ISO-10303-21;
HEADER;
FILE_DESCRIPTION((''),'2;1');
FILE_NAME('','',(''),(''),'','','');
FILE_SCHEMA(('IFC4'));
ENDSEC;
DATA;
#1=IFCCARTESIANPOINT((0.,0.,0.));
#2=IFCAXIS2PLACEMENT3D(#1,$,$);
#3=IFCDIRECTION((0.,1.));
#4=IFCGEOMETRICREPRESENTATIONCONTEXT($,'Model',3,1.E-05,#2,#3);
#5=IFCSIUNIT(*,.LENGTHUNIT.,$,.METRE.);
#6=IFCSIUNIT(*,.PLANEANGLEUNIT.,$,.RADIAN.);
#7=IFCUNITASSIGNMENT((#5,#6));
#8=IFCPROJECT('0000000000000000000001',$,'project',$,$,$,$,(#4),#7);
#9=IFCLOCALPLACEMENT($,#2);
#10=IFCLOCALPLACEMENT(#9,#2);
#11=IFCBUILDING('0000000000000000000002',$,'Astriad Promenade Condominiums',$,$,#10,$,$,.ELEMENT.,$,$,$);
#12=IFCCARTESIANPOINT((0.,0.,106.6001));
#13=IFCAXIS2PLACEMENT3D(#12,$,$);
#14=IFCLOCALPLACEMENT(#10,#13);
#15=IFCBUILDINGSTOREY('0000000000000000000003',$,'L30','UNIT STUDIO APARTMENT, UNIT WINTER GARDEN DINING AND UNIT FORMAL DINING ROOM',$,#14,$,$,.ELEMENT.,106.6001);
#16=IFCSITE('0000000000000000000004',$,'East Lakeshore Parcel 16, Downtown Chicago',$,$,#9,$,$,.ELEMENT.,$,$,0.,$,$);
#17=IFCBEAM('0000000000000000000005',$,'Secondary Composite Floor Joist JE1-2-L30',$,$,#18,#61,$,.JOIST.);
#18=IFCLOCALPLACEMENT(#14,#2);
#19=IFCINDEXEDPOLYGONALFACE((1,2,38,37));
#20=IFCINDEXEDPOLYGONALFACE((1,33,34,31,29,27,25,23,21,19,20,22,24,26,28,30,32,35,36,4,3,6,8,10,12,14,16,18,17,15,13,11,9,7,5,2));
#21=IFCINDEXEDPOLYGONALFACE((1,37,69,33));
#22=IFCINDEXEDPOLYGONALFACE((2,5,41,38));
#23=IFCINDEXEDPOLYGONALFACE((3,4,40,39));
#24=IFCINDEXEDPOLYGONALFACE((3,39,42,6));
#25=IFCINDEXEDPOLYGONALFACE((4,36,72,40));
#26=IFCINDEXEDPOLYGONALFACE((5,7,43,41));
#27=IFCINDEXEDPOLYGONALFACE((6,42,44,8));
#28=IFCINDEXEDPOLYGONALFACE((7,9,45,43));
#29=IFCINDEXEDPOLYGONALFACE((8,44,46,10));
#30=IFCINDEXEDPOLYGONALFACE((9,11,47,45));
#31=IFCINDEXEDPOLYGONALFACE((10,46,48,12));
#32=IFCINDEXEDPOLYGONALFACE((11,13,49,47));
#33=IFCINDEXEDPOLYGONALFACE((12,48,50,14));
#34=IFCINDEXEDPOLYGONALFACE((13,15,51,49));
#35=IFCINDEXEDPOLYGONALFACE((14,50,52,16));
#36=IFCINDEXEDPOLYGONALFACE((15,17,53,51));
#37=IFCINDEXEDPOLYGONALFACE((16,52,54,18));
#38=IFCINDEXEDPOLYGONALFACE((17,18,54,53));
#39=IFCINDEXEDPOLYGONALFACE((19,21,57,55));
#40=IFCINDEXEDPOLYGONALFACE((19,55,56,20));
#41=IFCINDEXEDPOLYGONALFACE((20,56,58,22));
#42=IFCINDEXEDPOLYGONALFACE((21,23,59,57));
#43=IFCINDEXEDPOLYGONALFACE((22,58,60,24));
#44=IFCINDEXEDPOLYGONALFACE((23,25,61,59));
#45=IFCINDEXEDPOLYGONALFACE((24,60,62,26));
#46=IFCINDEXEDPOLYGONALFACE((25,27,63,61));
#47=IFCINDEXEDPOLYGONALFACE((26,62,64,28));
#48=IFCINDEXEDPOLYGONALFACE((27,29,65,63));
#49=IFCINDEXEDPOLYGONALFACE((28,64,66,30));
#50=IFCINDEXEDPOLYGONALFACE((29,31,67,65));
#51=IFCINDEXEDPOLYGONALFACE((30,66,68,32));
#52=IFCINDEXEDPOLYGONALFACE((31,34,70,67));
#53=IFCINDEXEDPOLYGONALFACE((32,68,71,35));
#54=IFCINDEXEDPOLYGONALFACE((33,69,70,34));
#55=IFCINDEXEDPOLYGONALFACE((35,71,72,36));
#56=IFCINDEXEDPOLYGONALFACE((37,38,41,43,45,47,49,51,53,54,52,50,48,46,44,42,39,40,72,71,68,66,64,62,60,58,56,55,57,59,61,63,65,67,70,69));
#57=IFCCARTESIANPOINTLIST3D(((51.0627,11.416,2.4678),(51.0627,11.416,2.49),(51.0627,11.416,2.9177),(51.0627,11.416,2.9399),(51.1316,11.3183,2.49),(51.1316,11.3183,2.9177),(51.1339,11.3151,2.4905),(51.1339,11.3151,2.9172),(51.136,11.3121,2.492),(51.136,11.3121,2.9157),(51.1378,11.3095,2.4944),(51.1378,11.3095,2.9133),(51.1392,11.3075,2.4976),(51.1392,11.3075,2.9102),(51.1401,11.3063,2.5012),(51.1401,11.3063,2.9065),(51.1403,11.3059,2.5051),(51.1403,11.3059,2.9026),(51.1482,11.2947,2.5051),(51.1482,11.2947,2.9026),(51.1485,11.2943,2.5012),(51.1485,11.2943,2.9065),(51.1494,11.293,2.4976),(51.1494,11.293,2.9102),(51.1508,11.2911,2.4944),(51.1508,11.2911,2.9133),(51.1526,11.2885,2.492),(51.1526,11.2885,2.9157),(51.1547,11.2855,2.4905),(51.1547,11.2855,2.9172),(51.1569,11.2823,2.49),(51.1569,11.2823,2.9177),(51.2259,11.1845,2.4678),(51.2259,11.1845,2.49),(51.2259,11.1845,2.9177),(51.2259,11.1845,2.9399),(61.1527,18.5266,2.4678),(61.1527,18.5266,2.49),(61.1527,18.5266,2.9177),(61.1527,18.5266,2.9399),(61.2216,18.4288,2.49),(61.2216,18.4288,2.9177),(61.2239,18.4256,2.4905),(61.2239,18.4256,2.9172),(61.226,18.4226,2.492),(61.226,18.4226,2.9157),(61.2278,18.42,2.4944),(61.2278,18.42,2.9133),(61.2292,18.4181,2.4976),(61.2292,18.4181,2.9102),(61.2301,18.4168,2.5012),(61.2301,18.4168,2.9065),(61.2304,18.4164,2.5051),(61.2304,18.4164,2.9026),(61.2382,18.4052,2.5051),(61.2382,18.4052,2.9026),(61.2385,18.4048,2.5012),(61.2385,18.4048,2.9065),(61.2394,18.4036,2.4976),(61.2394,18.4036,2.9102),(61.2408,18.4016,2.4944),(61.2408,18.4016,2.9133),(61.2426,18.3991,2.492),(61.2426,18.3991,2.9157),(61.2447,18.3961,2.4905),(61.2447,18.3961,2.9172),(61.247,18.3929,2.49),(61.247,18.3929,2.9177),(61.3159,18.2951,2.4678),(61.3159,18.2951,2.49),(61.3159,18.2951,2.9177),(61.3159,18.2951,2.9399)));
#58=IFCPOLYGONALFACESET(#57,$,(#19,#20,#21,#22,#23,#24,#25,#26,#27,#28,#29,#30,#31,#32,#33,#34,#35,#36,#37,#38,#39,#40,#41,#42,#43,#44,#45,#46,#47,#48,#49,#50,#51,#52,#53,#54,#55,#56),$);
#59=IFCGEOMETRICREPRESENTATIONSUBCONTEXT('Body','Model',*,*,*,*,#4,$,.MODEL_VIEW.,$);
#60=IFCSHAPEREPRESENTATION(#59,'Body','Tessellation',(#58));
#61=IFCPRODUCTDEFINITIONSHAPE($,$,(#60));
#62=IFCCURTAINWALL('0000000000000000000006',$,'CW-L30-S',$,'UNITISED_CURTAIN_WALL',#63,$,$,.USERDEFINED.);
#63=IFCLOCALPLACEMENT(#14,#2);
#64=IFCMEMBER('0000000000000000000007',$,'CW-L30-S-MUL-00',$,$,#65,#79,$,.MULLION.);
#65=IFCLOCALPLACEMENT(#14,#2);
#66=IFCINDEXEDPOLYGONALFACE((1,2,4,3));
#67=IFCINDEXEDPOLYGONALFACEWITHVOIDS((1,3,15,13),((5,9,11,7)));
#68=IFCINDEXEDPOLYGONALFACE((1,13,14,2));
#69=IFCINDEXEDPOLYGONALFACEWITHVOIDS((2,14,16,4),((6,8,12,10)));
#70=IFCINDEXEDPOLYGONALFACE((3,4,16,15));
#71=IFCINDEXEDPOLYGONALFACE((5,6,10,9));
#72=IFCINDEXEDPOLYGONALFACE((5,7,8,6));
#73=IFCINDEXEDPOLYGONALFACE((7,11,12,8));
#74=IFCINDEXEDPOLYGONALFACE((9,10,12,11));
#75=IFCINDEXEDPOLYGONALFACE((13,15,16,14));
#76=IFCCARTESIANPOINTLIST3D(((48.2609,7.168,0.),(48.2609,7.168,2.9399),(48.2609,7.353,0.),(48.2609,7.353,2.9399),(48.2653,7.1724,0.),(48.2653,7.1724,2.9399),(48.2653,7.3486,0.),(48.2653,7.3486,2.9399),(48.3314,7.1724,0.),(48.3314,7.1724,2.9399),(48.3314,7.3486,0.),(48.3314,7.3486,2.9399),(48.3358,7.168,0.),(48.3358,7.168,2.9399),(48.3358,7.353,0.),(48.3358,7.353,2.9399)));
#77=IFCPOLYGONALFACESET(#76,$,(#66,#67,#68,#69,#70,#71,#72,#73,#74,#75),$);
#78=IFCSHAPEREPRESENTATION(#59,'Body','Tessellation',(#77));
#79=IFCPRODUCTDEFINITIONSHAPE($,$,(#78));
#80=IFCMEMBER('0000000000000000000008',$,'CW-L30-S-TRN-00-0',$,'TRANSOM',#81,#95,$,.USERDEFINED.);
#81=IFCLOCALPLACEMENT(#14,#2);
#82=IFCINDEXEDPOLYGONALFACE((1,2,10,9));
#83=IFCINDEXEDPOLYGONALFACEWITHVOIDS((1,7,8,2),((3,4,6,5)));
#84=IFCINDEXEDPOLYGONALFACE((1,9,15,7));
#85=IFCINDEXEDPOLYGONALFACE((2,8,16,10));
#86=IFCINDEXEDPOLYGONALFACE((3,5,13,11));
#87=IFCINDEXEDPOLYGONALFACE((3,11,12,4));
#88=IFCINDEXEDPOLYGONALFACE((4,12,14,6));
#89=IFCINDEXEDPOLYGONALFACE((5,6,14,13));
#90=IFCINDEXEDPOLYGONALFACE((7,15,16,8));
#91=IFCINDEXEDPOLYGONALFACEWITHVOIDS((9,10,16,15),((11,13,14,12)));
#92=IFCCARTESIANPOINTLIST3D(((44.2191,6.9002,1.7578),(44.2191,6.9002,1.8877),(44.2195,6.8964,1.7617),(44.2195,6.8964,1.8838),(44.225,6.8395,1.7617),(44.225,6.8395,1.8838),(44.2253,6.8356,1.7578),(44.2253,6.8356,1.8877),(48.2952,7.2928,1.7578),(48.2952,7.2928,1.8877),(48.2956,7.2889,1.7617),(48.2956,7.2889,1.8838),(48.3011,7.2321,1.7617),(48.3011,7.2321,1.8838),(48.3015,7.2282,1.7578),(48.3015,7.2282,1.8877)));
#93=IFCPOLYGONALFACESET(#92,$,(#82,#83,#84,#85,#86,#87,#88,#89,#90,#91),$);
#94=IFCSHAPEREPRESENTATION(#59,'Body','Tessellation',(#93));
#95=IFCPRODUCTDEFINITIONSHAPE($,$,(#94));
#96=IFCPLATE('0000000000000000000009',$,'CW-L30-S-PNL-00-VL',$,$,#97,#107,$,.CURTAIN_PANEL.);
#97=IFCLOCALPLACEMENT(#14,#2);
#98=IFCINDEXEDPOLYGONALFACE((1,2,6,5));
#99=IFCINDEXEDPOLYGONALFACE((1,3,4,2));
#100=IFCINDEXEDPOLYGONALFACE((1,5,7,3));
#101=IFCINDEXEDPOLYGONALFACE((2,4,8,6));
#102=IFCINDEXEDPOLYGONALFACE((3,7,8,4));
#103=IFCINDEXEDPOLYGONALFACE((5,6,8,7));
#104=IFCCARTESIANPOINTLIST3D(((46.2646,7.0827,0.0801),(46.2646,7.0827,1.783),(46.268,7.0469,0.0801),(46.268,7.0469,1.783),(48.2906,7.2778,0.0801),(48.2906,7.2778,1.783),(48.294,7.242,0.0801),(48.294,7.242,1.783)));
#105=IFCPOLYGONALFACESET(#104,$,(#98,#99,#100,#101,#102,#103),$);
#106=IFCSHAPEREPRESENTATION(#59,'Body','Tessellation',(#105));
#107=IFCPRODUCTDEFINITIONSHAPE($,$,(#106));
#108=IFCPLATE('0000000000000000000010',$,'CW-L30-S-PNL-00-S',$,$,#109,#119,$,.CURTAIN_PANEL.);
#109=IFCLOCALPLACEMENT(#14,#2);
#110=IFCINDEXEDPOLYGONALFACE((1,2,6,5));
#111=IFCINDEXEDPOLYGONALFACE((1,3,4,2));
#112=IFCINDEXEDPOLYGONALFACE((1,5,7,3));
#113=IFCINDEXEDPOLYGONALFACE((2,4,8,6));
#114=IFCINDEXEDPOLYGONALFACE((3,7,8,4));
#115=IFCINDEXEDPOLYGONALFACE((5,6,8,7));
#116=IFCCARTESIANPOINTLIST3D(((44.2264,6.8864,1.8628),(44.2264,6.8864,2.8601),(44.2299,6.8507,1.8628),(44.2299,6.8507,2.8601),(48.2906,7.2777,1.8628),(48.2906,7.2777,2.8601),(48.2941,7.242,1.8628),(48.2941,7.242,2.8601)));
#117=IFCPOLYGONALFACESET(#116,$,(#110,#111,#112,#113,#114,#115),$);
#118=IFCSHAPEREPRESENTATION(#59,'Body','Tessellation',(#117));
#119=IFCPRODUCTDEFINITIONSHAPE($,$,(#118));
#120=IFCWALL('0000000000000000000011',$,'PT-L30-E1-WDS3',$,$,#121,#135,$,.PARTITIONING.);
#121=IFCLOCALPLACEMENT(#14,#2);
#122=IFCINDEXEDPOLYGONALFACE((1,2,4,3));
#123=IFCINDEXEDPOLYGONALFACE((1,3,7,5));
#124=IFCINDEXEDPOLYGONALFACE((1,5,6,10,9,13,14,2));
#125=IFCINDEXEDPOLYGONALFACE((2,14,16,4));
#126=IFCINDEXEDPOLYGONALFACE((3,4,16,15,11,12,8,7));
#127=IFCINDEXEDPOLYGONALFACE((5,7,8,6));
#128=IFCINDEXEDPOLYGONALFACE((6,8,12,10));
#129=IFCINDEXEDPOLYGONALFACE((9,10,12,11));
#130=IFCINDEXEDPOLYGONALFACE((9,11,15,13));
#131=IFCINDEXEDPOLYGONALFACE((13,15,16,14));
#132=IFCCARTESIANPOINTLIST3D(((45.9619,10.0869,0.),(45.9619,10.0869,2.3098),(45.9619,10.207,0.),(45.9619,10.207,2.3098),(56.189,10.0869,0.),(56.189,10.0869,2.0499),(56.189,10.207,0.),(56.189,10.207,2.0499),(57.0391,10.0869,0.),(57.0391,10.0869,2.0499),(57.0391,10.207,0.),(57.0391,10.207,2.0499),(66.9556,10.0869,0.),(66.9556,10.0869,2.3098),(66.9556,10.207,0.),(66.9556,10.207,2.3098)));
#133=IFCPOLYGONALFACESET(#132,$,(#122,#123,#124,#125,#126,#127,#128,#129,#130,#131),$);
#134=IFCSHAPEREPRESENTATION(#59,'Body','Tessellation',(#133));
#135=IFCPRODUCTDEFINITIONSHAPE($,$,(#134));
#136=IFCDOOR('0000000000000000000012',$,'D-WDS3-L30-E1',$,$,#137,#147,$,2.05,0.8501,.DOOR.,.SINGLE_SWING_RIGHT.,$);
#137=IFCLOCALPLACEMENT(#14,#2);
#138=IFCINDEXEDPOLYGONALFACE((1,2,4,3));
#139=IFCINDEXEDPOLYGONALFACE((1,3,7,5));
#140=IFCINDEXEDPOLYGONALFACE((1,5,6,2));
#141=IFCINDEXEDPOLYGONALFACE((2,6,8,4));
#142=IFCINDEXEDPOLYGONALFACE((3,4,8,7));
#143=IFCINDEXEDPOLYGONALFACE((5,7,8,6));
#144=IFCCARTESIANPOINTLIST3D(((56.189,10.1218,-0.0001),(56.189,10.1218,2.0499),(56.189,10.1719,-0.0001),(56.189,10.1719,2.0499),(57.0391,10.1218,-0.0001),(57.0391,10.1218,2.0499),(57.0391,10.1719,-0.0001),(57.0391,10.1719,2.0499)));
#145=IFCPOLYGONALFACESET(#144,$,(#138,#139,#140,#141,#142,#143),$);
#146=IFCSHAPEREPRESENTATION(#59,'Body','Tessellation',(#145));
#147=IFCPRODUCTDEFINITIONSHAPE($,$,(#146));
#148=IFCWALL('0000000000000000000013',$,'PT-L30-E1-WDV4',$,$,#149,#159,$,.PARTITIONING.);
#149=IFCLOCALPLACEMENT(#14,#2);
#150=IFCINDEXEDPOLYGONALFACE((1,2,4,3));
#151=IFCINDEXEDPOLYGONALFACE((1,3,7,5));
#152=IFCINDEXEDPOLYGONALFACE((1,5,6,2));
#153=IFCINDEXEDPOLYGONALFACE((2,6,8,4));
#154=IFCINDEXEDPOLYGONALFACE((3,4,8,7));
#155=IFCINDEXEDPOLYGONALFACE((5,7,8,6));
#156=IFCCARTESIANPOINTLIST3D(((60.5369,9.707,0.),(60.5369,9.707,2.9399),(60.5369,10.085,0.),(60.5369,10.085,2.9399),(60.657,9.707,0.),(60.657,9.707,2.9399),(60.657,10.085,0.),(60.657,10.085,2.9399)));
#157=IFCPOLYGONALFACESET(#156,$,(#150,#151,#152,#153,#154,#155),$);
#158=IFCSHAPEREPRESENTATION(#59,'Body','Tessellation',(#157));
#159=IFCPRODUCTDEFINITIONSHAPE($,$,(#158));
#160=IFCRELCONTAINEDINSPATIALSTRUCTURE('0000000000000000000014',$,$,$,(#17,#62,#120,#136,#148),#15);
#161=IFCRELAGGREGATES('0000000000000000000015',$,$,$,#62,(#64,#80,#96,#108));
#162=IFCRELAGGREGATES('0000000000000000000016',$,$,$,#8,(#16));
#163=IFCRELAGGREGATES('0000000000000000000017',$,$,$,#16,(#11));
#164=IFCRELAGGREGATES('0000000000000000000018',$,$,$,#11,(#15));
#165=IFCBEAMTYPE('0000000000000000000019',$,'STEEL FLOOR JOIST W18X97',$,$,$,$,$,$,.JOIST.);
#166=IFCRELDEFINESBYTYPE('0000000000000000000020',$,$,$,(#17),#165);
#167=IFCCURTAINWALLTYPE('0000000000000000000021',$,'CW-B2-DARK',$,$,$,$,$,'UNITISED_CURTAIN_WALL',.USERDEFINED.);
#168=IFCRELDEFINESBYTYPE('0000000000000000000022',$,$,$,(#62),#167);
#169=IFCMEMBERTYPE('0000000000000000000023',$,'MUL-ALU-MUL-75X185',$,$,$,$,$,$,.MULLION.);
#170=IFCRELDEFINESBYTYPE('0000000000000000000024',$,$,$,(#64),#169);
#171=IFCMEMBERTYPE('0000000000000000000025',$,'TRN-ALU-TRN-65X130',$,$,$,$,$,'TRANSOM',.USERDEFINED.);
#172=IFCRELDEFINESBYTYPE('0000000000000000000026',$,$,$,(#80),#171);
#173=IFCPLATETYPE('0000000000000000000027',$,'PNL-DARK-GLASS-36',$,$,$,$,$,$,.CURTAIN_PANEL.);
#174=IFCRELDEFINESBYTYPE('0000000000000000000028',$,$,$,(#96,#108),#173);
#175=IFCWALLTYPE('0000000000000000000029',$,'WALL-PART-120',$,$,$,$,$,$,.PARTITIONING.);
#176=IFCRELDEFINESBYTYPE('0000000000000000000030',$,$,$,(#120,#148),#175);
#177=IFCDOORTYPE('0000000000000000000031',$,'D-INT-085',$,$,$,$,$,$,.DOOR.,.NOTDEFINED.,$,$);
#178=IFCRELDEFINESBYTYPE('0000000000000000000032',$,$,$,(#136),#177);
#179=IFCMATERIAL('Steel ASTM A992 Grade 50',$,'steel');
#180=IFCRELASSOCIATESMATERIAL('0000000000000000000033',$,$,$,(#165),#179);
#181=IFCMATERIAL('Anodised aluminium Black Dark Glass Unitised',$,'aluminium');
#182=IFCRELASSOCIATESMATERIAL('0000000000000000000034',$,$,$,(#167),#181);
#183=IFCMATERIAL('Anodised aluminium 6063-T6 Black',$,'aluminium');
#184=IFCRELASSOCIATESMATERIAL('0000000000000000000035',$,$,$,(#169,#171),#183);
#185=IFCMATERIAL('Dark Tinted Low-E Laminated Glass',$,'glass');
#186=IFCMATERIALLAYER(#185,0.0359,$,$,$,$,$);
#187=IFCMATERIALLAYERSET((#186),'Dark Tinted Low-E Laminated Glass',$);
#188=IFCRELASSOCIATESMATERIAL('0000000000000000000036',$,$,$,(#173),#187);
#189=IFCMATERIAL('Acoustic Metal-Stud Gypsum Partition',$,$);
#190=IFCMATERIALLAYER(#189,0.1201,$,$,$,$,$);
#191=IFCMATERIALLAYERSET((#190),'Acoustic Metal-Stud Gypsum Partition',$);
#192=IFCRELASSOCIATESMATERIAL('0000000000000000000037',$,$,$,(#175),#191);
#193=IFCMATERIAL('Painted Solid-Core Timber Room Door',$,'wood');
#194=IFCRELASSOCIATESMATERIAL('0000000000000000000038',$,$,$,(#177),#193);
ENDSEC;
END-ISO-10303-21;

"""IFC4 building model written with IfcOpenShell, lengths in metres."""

from ifc_helpers import new_model, si_unit, direction, frame, frame_2d, origin, origin_2d, place, context, subcontext, project, spatial, rectangle, hollow_rectangle, i_section, extrude, source, transform, mapped, material, layer, layer_set, material_profile, profile_set, type_object, type_shapes, element, fill, aggregate, save


model = new_model("IFC4")

# Units and contexts
model_context = context("Model", 3, precision=1e-05, world=origin(), true_north=direction((0.0, 1.0)))
body_context = subcontext(model_context, "Body", "Model", "MODEL_VIEW")
ifc_project = project(units=[si_unit("LENGTHUNIT", "METRE"), si_unit("PLANEANGLEUNIT", "RADIAN")], contexts=[model_context])

# Site, building, storey
site_placement = place(None, origin())
site = spatial("IfcSite", under=ifc_project, at=site_placement, Name="East Lakeshore Parcel 16, Downtown Chicago", CompositionType="ELEMENT", RefElevation=0.0)
building_placement = place(site_placement, origin())
building = spatial("IfcBuilding", under=site, at=building_placement, Name="Astriad Promenade Condominiums", CompositionType="ELEMENT")
storey_placement = place(building_placement, frame((0.0, 0.0, 106.6001)))
storey = spatial("IfcBuildingStorey", under=building, at=storey_placement, Name="L30", Description="UNIT STUDIO APARTMENT, UNIT WINTER GARDEN DINING AND UNIT FORMAL DINING ROOM", CompositionType="ELEMENT", Elevation=106.6001)

# Beam
ifc_material_1 = material(Name="Steel ASTM A992 Grade 50", Category="steel")
ifc_material_profile_1 = material_profile(ifc_material_1, i_section(OverallWidth=0.2832, OverallDepth=0.4722, WebThickness=0.0137, FlangeThickness=0.0222, FilletRadius=0.0151, at=origin_2d()), Name="W18X97")
ifc_profile_set_1 = profile_set([ifc_material_profile_1], Name="Steel ASTM A992 Grade 50")
beam_type_1 = type_object("IfcBeamType", Name="STEEL FLOOR JOIST W18X97", PredefinedType="JOIST", material=ifc_profile_set_1)
shared_shape_1 = source(origin(), body_context, "Body", "SweptSolid", [
    extrude(i_section(OverallWidth=0.2832, OverallDepth=0.4722, WebThickness=0.0137, FlangeThickness=0.0222, FilletRadius=0.0151, at=origin_2d()), origin(), (0.0, 0.0, 1.0), 12.3438),
])
beam_1_placement = place(storey_placement, frame((51.1443, 11.3003, 2.7039), z_axis=(0.817419, 0.576044, 0.0), x_axis=(-0.576044, 0.817419, 0.0)))
element("IfcBeam", 1, at=beam_1_placement, inside=storey, type_object=beam_type_1, Name="Secondary Composite Floor Joist JE1-2-L30", PredefinedType="JOIST", context=body_context, shape_type="MappedRepresentation", body=[
    mapped(shared_shape_1, transform((0.0, 0.0, 0.0), scale=1.0)),
])

# Curtain wall, members, plates
ifc_material_2 = material(Name="Anodised aluminium Black Dark Glass Unitised", Category="aluminium")
curtain_wall_type = type_object("IfcCurtainWallType", Name="CW-B2-DARK", ElementType="UNITISED_CURTAIN_WALL", PredefinedType="USERDEFINED", material=ifc_material_2)
curtain_wall_placement = place(storey_placement, origin())
curtain_wall = element("IfcCurtainWall", 2, at=curtain_wall_placement, inside=storey, type_object=curtain_wall_type, Name="CW-L30-S", ObjectType="UNITISED_CURTAIN_WALL", PredefinedType="USERDEFINED")
ifc_material_3 = material(Name="Anodised aluminium 6063-T6 Black", Category="aluminium")
ifc_material_profile_2 = material_profile(ifc_material_3, hollow_rectangle(XDim=0.075, YDim=0.1851, WallThickness=0.0044, at=origin_2d()), Name="ALU-MUL-75X185")
ifc_profile_set_2 = profile_set([ifc_material_profile_2], Name="Anodised aluminium 6063-T6 Black")
member_type_1 = type_object("IfcMemberType", Name="MUL-ALU-MUL-75X185", PredefinedType="MULLION", material=ifc_profile_set_2)
shared_shape_2 = source(origin(), body_context, "Body", "SweptSolid", [
    extrude(hollow_rectangle(XDim=0.075, YDim=0.1851, WallThickness=0.0044, at=origin_2d()), origin(), (0.0, 0.0, 1.0), 2.9399),
])
type_shapes(member_type_1, [shared_shape_2])
member_1_placement = place(storey_placement, frame((48.2983, 7.2605, 0.0), z_axis=(0.0, 0.0, 1.0), x_axis=(1.0, 0.0, 0.0)))
member_1 = element("IfcMember", 3, at=member_1_placement, type_object=member_type_1, Name="CW-L30-S-MUL-00", PredefinedType="MULLION", context=body_context, shape_type="MappedRepresentation", body=[
    mapped(shared_shape_2, transform((0.0, 0.0, 0.0), scale=1.0)),
])
ifc_material_profile_3 = material_profile(ifc_material_3, hollow_rectangle(XDim=0.0649, YDim=0.1299, WallThickness=0.0039, at=origin_2d()), Name="ALU-TRN-65X130")
ifc_profile_set_3 = profile_set([ifc_material_profile_3], Name="Anodised aluminium 6063-T6 Black")
member_type_2 = type_object("IfcMemberType", Name="TRN-ALU-TRN-65X130", ElementType="TRANSOM", PredefinedType="USERDEFINED", material=ifc_profile_set_3)
shared_shape_3 = source(origin(), body_context, "Body", "SweptSolid", [
    extrude(hollow_rectangle(XDim=0.0649, YDim=0.1299, WallThickness=0.0039, at=origin_2d()), origin(), (0.0, 0.0, 1.0), 4.095),
])
type_shapes(member_type_2, [shared_shape_3])
member_2_placement = place(storey_placement, frame((48.2983, 7.2605, 1.8228), z_axis=(-0.995394, -0.095867, 0.0), x_axis=(0.095867, -0.995394, 0.0)))
member_2 = element("IfcMember", 4, at=member_2_placement, type_object=member_type_2, Name="CW-L30-S-TRN-00-0", ObjectType="TRANSOM", PredefinedType="USERDEFINED", context=body_context, shape_type="MappedRepresentation", body=[
    mapped(shared_shape_3, transform((0.0, 0.0, 0.0), scale=1.0)),
])
ifc_material_4 = material(Name="Dark Tinted Low-E Laminated Glass", Category="glass")
ifc_layer_1 = layer(ifc_material_4, 0.0359)
ifc_layer_set_1 = layer_set([ifc_layer_1], Name="Dark Tinted Low-E Laminated Glass")
plate_type = type_object("IfcPlateType", Name="PNL-DARK-GLASS-36", PredefinedType="CURTAIN_PANEL", material=ifc_layer_set_1)
shared_shape_4 = source(origin(), body_context, "Body", "SweptSolid", [
    extrude(rectangle(XDim=2.0354, YDim=0.0359, at=origin_2d()), origin(), (0.0, 0.0, 1.0), 1.7029),
])
plate_1_placement = place(storey_placement, frame((47.2793, 7.1624, 0.0801), z_axis=(0.0, 0.0, 1.0), x_axis=(-0.995396, -0.095846, 0.0)))
plate_1 = element("IfcPlate", 5, at=plate_1_placement, type_object=plate_type, Name="CW-L30-S-PNL-00-VL", PredefinedType="CURTAIN_PANEL", context=body_context, shape_type="MappedRepresentation", body=[
    mapped(shared_shape_4, transform((0.0, 0.0, 0.0), scale=1.0)),
])
shared_shape_5 = source(origin(), body_context, "Body", "SweptSolid", [
    extrude(rectangle(XDim=4.083, YDim=0.0359, at=origin_2d()), origin(), (0.0, 0.0, 1.0), 0.9973),
])
type_shapes(plate_type, [shared_shape_4, shared_shape_5])
plate_2_placement = place(storey_placement, frame((46.2603, 7.0642, 1.8628), z_axis=(0.0, 0.0, 1.0), x_axis=(-0.995396, -0.095846, 0.0)))
plate_2 = element("IfcPlate", 6, at=plate_2_placement, type_object=plate_type, Name="CW-L30-S-PNL-00-S", PredefinedType="CURTAIN_PANEL", context=body_context, shape_type="MappedRepresentation", body=[
    mapped(shared_shape_5, transform((0.0, 0.0, 0.0), scale=1.0)),
])
aggregate(curtain_wall, [member_1, member_2, plate_1, plate_2])

# Wall, opening, door
ifc_material_5 = material(Name="Acoustic Metal-Stud Gypsum Partition")
ifc_layer_2 = layer(ifc_material_5, 0.1201)
ifc_layer_set_2 = layer_set([ifc_layer_2], Name="Acoustic Metal-Stud Gypsum Partition")
wall_type = type_object("IfcWallType", Name="WALL-PART-120", PredefinedType="PARTITIONING", material=ifc_layer_set_2)
wall_1_placement = place(storey_placement, frame((45.9619, 10.147, 0.0), z_axis=(0.0, 0.0, 1.0), x_axis=(1.0, 0.0, 0.0)))
wall_1 = element("IfcWall", 7, at=wall_1_placement, inside=storey, type_object=wall_type, Name="PT-L30-E1-WDS3", PredefinedType="PARTITIONING", context=body_context, shape_type="SweptSolid", body=[
    extrude(rectangle(XDim=20.9937, YDim=0.1201, at=frame_2d((10.4968, 0.0))), origin(), (0.0, 0.0, 1.0), 2.3098),
])
opening_1_placement = place(wall_1_placement, frame((10.2271, 0.0, 0.0)))
opening_1 = element("IfcOpeningElement", 8, at=opening_1_placement, cuts=wall_1, PredefinedType="OPENING", context=body_context, shape_type="SweptSolid", body=[
    extrude(rectangle(XDim=0.8501, YDim=2.05, at=frame_2d((0.425, 1.0249))), frame((0.0, 0.0701, 0.0), z_axis=(0.0, -1.0, 0.0), x_axis=(1.0, 0.0, 0.0)), (0.0, 0.0, 1.0), 0.1401),
])
ifc_material_6 = material(Name="Painted Solid-Core Timber Room Door", Category="wood")
door_type = type_object("IfcDoorType", Name="D-INT-085", OperationType="NOTDEFINED", PredefinedType="DOOR", material=ifc_material_6)
shared_shape_6 = source(origin(), body_context, "Body", "SweptSolid", [
    extrude(rectangle(XDim=0.8501, YDim=2.05, at=frame_2d((0.425, 1.0249))), frame((0.0, 0.0249, 0.0), z_axis=(0.0, -1.0, 0.0), x_axis=(1.0, 0.0, 0.0)), (0.0, 0.0, 1.0), 0.05),
])
type_shapes(door_type, [shared_shape_6])
door_1_placement = place(opening_1_placement, origin())
door_1 = element("IfcDoor", 9, at=door_1_placement, inside=storey, type_object=door_type, Name="D-WDS3-L30-E1", OperationType="SINGLE_SWING_RIGHT", OverallHeight=2.05, OverallWidth=0.8501, PredefinedType="DOOR", context=body_context, shape_type="MappedRepresentation", body=[
    mapped(shared_shape_6, transform((0.0, 0.0, 0.0), scale=1.0)),
])
fill(opening_1, door_1)

# Wall
wall_2_placement = place(storey_placement, frame((60.5969, 9.707, 0.0), z_axis=(0.0, 0.0, 1.0), x_axis=(0.0, 1.0, 0.0)))
element("IfcWall", 10, at=wall_2_placement, inside=storey, type_object=wall_type, Name="PT-L30-E1-WDV4", PredefinedType="PARTITIONING", context=body_context, shape_type="SweptSolid", body=[
    extrude(rectangle(XDim=0.3779, YDim=0.1201, at=frame_2d((0.189, 0.0))), origin(), (0.0, 0.0, 1.0), 2.9399),
])

save(model, "model.ifc")
